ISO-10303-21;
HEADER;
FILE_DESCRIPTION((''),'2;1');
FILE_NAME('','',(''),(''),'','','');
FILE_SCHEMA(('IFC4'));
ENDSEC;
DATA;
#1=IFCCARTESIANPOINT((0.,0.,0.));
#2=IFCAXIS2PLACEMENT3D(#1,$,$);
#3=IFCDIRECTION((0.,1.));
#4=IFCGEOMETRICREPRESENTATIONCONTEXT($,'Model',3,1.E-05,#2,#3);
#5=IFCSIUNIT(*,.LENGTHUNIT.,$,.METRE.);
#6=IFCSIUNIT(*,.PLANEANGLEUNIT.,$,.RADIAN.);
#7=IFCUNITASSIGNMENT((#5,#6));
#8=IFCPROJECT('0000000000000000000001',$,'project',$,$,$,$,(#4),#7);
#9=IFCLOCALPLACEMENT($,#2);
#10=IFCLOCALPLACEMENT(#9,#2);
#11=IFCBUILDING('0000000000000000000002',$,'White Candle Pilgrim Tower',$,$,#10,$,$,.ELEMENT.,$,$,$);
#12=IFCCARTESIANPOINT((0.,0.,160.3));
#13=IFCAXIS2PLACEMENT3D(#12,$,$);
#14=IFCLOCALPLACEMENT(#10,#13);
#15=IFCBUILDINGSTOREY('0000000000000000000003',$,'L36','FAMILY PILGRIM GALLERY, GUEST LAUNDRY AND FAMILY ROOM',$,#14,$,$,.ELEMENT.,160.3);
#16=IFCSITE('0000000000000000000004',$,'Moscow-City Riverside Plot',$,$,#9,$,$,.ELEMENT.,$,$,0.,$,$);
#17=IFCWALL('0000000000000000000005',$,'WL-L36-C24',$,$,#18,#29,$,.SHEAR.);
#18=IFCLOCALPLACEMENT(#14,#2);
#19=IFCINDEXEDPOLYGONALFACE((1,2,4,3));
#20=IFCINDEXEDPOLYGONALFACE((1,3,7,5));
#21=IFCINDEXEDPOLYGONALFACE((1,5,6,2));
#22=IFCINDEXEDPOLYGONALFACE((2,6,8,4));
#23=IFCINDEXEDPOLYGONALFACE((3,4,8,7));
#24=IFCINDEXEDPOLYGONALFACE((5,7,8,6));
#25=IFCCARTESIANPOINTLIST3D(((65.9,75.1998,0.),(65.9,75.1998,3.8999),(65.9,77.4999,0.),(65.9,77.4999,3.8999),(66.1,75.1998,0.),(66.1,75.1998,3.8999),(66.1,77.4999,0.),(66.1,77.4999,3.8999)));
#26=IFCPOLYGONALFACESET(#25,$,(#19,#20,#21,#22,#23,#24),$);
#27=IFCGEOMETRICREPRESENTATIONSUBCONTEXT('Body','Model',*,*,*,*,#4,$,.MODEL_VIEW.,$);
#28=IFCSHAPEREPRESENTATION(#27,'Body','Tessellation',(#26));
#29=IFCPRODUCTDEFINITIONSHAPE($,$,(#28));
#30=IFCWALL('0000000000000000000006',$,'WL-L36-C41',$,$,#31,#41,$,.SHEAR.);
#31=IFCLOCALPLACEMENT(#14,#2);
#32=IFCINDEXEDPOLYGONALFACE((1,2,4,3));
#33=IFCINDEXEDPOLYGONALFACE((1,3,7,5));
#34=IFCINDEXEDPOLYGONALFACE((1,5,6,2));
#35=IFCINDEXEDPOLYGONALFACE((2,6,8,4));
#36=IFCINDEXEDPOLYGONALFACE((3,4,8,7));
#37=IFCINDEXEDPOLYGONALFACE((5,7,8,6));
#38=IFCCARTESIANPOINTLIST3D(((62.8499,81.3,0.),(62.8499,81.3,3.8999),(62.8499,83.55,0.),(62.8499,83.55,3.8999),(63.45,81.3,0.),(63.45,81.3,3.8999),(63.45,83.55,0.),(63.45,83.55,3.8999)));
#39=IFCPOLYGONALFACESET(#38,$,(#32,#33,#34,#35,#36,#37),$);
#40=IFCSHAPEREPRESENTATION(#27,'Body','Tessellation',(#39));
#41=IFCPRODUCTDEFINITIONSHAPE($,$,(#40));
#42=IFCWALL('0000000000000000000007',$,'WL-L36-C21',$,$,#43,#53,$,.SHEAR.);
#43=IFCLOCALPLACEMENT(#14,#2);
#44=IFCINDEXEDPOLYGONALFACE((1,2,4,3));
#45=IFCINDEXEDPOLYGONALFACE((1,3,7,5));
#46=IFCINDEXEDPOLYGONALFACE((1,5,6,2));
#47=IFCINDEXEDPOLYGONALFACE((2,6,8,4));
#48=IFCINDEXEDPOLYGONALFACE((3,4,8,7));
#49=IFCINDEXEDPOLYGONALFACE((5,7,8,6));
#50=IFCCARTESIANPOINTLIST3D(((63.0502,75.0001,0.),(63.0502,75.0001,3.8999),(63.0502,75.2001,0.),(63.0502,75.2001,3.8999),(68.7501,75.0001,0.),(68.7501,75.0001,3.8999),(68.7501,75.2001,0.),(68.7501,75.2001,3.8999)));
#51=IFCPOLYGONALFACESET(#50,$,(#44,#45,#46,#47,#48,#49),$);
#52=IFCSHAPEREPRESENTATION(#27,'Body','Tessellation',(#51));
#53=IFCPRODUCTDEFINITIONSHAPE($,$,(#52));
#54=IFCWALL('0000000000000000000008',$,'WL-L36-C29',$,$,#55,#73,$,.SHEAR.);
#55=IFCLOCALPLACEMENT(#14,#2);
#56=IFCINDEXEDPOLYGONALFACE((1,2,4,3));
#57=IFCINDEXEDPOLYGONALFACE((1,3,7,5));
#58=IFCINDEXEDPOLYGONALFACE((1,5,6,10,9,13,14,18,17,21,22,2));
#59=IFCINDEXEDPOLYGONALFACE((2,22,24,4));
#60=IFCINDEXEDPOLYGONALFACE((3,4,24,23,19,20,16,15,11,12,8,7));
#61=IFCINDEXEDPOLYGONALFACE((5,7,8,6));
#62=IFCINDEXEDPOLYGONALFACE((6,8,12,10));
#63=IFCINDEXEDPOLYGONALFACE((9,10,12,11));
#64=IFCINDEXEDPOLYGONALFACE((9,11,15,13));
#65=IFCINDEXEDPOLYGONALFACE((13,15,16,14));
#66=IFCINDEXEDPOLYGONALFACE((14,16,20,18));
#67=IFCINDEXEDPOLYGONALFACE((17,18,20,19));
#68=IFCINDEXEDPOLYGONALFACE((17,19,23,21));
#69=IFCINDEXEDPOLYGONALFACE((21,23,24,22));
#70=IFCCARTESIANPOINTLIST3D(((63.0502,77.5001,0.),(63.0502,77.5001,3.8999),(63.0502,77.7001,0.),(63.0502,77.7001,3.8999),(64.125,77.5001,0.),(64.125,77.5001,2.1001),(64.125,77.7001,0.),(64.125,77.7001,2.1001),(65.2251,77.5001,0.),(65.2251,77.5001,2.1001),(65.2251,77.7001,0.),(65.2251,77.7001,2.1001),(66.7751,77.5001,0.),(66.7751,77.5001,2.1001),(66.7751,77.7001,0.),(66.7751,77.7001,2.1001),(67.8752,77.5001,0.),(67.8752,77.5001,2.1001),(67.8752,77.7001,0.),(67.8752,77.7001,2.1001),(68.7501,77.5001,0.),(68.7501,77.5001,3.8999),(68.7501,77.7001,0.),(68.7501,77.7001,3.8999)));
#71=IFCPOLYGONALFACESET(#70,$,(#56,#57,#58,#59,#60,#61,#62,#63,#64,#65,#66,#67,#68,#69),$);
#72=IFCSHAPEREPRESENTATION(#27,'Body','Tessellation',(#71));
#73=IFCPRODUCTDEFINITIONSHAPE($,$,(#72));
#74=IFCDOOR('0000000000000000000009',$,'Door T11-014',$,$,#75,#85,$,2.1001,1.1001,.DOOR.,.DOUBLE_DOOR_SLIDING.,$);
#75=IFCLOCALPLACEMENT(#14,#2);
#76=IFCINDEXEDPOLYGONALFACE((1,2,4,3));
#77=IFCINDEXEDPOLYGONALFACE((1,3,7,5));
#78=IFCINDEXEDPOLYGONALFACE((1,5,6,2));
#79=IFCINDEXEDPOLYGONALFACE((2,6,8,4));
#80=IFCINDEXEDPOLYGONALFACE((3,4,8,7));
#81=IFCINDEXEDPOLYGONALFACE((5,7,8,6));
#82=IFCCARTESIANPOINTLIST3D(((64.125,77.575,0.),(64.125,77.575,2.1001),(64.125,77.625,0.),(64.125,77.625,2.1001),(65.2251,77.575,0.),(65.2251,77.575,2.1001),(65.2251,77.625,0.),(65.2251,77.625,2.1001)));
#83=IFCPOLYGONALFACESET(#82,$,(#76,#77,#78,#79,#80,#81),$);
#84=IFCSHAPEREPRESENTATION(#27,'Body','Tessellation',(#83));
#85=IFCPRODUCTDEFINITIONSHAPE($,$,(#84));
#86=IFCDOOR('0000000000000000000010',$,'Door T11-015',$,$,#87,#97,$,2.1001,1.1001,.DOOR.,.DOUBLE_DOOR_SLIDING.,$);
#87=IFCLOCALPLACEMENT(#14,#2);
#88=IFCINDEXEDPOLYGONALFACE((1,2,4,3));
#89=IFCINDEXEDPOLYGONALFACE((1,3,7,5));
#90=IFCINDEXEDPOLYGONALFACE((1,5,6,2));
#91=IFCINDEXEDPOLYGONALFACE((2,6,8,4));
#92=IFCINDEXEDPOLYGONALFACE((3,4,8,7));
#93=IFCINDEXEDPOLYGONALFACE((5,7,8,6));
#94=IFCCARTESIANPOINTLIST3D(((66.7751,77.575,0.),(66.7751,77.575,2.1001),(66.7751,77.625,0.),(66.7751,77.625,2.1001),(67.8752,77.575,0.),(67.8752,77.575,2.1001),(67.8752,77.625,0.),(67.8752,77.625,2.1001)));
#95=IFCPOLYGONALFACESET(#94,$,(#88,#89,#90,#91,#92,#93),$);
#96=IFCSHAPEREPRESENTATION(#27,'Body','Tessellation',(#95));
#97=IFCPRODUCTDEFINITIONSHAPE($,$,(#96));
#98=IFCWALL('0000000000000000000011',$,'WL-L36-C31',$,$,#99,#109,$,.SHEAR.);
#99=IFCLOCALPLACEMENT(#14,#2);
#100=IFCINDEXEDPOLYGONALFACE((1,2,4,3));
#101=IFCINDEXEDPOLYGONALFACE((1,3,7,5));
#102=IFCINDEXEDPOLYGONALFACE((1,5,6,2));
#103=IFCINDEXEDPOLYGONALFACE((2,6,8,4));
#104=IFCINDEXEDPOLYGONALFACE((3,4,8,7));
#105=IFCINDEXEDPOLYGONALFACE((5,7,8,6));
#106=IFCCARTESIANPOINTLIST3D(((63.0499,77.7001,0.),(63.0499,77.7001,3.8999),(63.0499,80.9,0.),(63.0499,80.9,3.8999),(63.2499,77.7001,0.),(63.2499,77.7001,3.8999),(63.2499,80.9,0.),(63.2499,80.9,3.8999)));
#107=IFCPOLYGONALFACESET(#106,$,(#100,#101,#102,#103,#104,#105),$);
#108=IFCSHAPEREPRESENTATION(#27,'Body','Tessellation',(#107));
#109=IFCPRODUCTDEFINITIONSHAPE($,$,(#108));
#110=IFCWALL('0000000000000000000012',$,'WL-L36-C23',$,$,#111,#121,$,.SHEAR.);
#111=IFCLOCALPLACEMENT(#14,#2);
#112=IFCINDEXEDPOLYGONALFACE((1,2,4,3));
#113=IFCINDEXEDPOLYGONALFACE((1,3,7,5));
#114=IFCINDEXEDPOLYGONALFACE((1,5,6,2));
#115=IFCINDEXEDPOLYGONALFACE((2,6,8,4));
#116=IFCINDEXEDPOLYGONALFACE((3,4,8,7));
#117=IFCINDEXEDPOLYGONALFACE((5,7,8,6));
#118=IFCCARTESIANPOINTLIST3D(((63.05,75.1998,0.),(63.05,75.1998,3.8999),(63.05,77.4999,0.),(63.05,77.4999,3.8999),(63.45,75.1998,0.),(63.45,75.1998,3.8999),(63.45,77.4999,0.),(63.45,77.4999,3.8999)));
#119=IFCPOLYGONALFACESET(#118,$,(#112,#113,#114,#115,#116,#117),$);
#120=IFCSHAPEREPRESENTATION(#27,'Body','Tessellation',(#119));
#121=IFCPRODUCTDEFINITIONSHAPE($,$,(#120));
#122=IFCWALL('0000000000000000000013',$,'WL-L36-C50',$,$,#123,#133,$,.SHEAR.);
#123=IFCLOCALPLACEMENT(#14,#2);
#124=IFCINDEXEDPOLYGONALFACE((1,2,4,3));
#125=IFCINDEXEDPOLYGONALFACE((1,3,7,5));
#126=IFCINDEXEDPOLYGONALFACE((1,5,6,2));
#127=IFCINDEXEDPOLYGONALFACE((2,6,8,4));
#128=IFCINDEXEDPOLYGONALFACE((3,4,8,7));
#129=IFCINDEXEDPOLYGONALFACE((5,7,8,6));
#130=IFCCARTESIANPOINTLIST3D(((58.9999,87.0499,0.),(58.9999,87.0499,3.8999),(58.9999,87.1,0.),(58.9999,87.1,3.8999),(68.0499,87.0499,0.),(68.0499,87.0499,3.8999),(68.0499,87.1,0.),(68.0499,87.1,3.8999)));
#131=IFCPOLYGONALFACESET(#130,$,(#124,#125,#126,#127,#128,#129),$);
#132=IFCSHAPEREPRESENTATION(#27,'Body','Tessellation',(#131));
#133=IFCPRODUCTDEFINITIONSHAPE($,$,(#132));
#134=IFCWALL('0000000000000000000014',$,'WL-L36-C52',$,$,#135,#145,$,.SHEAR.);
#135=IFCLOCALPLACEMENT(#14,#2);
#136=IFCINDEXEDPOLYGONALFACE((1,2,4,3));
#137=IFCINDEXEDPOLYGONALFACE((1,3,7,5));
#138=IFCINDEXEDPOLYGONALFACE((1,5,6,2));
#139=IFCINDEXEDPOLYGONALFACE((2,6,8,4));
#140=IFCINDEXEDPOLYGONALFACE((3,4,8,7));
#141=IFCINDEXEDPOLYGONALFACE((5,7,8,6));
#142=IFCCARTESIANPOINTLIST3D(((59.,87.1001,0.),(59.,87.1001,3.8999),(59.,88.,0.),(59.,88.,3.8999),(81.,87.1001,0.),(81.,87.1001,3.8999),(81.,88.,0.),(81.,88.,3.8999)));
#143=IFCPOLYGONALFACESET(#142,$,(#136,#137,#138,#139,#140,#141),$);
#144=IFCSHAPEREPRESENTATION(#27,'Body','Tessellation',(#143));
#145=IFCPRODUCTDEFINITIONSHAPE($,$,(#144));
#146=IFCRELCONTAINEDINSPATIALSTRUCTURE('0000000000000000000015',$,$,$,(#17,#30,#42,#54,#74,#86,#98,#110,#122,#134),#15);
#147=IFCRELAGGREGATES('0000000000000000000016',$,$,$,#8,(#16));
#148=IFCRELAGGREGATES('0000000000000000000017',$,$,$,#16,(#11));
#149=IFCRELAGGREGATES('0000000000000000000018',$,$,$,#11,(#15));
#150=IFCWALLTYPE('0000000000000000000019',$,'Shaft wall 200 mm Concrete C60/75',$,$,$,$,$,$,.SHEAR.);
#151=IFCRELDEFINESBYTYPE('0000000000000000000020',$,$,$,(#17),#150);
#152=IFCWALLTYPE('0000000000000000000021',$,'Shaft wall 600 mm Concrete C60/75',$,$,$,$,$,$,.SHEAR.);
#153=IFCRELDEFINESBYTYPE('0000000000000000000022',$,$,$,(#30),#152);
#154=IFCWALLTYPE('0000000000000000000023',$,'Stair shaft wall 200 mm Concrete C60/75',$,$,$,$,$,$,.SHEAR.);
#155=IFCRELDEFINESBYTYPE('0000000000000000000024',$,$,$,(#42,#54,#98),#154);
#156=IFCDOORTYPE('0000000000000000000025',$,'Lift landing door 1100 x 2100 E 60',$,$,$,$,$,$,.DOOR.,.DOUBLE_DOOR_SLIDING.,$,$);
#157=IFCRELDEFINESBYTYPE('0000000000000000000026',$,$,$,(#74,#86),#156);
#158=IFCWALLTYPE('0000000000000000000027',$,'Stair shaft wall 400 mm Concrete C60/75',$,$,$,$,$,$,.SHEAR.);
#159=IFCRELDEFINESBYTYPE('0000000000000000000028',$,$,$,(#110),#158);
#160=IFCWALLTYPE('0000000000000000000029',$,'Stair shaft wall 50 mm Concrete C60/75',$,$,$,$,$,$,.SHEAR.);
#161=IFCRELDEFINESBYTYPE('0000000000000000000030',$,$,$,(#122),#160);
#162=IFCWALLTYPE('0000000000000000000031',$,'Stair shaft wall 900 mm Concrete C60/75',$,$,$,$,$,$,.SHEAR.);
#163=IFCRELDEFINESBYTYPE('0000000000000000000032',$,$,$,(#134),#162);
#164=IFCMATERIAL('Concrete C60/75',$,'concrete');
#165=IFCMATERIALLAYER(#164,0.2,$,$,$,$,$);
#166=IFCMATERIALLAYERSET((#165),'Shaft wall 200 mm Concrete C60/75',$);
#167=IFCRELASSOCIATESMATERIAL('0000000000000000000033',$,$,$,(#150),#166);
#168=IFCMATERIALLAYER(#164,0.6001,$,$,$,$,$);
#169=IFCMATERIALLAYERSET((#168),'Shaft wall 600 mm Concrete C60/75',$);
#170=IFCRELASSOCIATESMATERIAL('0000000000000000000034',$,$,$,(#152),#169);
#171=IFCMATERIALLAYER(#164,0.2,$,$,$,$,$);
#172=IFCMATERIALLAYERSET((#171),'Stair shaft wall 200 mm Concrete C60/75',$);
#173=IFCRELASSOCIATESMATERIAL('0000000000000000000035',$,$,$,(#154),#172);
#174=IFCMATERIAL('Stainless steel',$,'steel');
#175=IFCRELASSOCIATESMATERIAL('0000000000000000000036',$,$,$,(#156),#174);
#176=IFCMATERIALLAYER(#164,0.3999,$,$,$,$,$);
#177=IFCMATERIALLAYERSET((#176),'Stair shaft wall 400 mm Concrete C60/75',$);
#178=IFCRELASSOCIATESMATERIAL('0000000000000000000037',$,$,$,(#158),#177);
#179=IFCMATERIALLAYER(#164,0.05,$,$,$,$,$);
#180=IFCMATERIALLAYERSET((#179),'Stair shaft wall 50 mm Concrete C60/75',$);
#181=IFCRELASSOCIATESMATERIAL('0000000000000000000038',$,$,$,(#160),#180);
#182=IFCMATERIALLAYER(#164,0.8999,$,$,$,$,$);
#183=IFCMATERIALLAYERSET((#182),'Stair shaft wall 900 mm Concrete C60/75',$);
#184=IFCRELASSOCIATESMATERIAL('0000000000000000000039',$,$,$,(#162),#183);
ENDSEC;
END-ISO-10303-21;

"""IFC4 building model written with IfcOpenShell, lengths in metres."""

from ifc_helpers import new_model, si_unit, direction, frame, frame_2d, origin, place, context, subcontext, project, spatial, rectangle, extrude, material, layer, layer_set, type_object, element, fill, save


model = new_model("IFC4")

# Units and contexts
model_context = context("Model", 3, precision=1e-05, world=origin(), true_north=direction((0.0, 1.0)))
body_context = subcontext(model_context, "Body", "Model", "MODEL_VIEW")
ifc_project = project(units=[si_unit("LENGTHUNIT", "METRE"), si_unit("PLANEANGLEUNIT", "RADIAN")], contexts=[model_context])

# Site, building, storey
site_placement = place(None, origin())
site = spatial("IfcSite", under=ifc_project, at=site_placement, Name="Moscow-City Riverside Plot", CompositionType="ELEMENT", RefElevation=0.0)
building_placement = place(site_placement, origin())
building = spatial("IfcBuilding", under=site, at=building_placement, Name="White Candle Pilgrim Tower", CompositionType="ELEMENT")
storey_placement = place(building_placement, frame((0.0, 0.0, 160.3)))
storey = spatial("IfcBuildingStorey", under=building, at=storey_placement, Name="L36", Description="FAMILY PILGRIM GALLERY, GUEST LAUNDRY AND FAMILY ROOM", CompositionType="ELEMENT", Elevation=160.3)

# Shared definitions
ifc_material_1 = material(Name="Concrete C60/75", Category="concrete")

# Shared definitions
ifc_material_2 = material(Name="Stainless steel", Category="steel")

# Walls
ifc_layer_1 = layer(ifc_material_1, 0.2)
ifc_layer_set_1 = layer_set([ifc_layer_1], Name="Shaft wall 200 mm Concrete C60/75")
wall_type_1 = type_object("IfcWallType", Name="Shaft wall 200 mm Concrete C60/75", PredefinedType="SHEAR", material=ifc_layer_set_1)
wall_1_placement = place(storey_placement, frame((66.0, 75.2, 0.0), z_axis=(0.0, 0.0, 1.0), x_axis=(0.0, 1.0, 0.0)))
element("IfcWall", 1, at=wall_1_placement, inside=storey, type_object=wall_type_1, Name="WL-L36-C24", PredefinedType="SHEAR", context=body_context, shape_type="SweptSolid", body=[
    extrude(rectangle(XDim=2.3, YDim=0.2, at=frame_2d((1.1499, 0.0))), origin(), (0.0, 0.0, 1.0), 3.8999),
])
ifc_layer_2 = layer(ifc_material_1, 0.6001)
ifc_layer_set_2 = layer_set([ifc_layer_2], Name="Shaft wall 600 mm Concrete C60/75")
wall_type_2 = type_object("IfcWallType", Name="Shaft wall 600 mm Concrete C60/75", PredefinedType="SHEAR", material=ifc_layer_set_2)
wall_2_placement = place(storey_placement, frame((63.1499, 81.3, 0.0), z_axis=(0.0, 0.0, 1.0), x_axis=(0.0, 1.0, 0.0)))
element("IfcWall", 2, at=wall_2_placement, inside=storey, type_object=wall_type_2, Name="WL-L36-C41", PredefinedType="SHEAR", context=body_context, shape_type="SweptSolid", body=[
    extrude(rectangle(XDim=2.25, YDim=0.6001, at=frame_2d((1.125, 0.0))), origin(), (0.0, 0.0, 1.0), 3.8999),
])
ifc_layer_3 = layer(ifc_material_1, 0.2)
ifc_layer_set_3 = layer_set([ifc_layer_3], Name="Stair shaft wall 200 mm Concrete C60/75")
wall_type_3 = type_object("IfcWallType", Name="Stair shaft wall 200 mm Concrete C60/75", PredefinedType="SHEAR", material=ifc_layer_set_3)
wall_3_placement = place(storey_placement, frame((63.05, 75.1001, 0.0), z_axis=(0.0, 0.0, 1.0), x_axis=(1.0, 0.0, 0.0)))
element("IfcWall", 3, at=wall_3_placement, inside=storey, type_object=wall_type_3, Name="WL-L36-C21", PredefinedType="SHEAR", context=body_context, shape_type="SweptSolid", body=[
    extrude(rectangle(XDim=5.7, YDim=0.2, at=frame_2d((2.8501, 0.0))), origin(), (0.0, 0.0, 1.0), 3.8999),
])

# Wall, openings, doors
wall_4_placement = place(storey_placement, frame((63.05, 77.6001, 0.0), z_axis=(0.0, 0.0, 1.0), x_axis=(1.0, 0.0, 0.0)))
wall_4 = element("IfcWall", 4, at=wall_4_placement, inside=storey, type_object=wall_type_3, Name="WL-L36-C29", PredefinedType="SHEAR", context=body_context, shape_type="SweptSolid", body=[
    extrude(rectangle(XDim=5.7, YDim=0.2, at=frame_2d((2.8501, 0.0))), origin(), (0.0, 0.0, 1.0), 3.8999),
])
opening_1_placement = place(wall_4_placement, frame((1.075, 0.0, 0.0)))
opening_1 = element("IfcOpeningElement", 5, at=opening_1_placement, cuts=wall_4, PredefinedType="OPENING", context=body_context, shape_type="SweptSolid", body=[
    extrude(rectangle(XDim=1.1001, YDim=2.1001, at=frame_2d((0.55, 1.05))), frame((0.0, 0.1099, 0.0), z_axis=(0.0, -1.0, 0.0), x_axis=(1.0, 0.0, 0.0)), (0.0, 0.0, 1.0), 0.22),
])
opening_2_placement = place(wall_4_placement, frame((3.7251, 0.0, 0.0)))
opening_2 = element("IfcOpeningElement", 6, at=opening_2_placement, cuts=wall_4, PredefinedType="OPENING", context=body_context, shape_type="SweptSolid", body=[
    extrude(rectangle(XDim=1.1001, YDim=2.1001, at=frame_2d((0.55, 1.05))), frame((0.0, 0.1099, 0.0), z_axis=(0.0, -1.0, 0.0), x_axis=(1.0, 0.0, 0.0)), (0.0, 0.0, 1.0), 0.22),
])
door_type_1 = type_object("IfcDoorType", Name="Lift landing door 1100 x 2100 E 60", OperationType="DOUBLE_DOOR_SLIDING", PredefinedType="DOOR", material=ifc_material_2)
door_1_placement = place(opening_1_placement, origin())
door_1 = element("IfcDoor", 7, at=door_1_placement, inside=storey, type_object=door_type_1, Name="Door T11-014", OperationType="DOUBLE_DOOR_SLIDING", OverallHeight=2.1001, OverallWidth=1.1001, PredefinedType="DOOR", context=body_context, shape_type="SweptSolid", body=[
    extrude(rectangle(XDim=1.1001, YDim=2.1001, at=frame_2d((0.55, 1.05))), frame((0.0, 0.0249, 0.0), z_axis=(0.0, -1.0, 0.0), x_axis=(1.0, 0.0, 0.0)), (0.0, 0.0, 1.0), 0.05),
])
fill(opening_1, door_1)
door_2_placement = place(opening_2_placement, origin())
door_2 = element("IfcDoor", 8, at=door_2_placement, inside=storey, type_object=door_type_1, Name="Door T11-015", OperationType="DOUBLE_DOOR_SLIDING", OverallHeight=2.1001, OverallWidth=1.1001, PredefinedType="DOOR", context=body_context, shape_type="SweptSolid", body=[
    extrude(rectangle(XDim=1.1001, YDim=2.1001, at=frame_2d((0.55, 1.05))), frame((0.0, 0.0249, 0.0), z_axis=(0.0, -1.0, 0.0), x_axis=(1.0, 0.0, 0.0)), (0.0, 0.0, 1.0), 0.05),
])
fill(opening_2, door_2)

# Walls
wall_5_placement = place(storey_placement, frame((63.1499, 77.7, 0.0), z_axis=(0.0, 0.0, 1.0), x_axis=(0.0, 1.0, 0.0)))
element("IfcWall", 9, at=wall_5_placement, inside=storey, type_object=wall_type_3, Name="WL-L36-C31", PredefinedType="SHEAR", context=body_context, shape_type="SweptSolid", body=[
    extrude(rectangle(XDim=3.2, YDim=0.2, at=frame_2d((1.6001, 0.0))), origin(), (0.0, 0.0, 1.0), 3.8999),
])
ifc_layer_4 = layer(ifc_material_1, 0.3999)
ifc_layer_set_4 = layer_set([ifc_layer_4], Name="Stair shaft wall 400 mm Concrete C60/75")
wall_type_4 = type_object("IfcWallType", Name="Stair shaft wall 400 mm Concrete C60/75", PredefinedType="SHEAR", material=ifc_layer_set_4)
wall_6_placement = place(storey_placement, frame((63.25, 75.2, 0.0), z_axis=(0.0, 0.0, 1.0), x_axis=(0.0, 1.0, 0.0)))
element("IfcWall", 10, at=wall_6_placement, inside=storey, type_object=wall_type_4, Name="WL-L36-C23", PredefinedType="SHEAR", context=body_context, shape_type="SweptSolid", body=[
    extrude(rectangle(XDim=2.3, YDim=0.3999, at=frame_2d((1.1499, 0.0))), origin(), (0.0, 0.0, 1.0), 3.8999),
])
ifc_layer_5 = layer(ifc_material_1, 0.05)
ifc_layer_set_5 = layer_set([ifc_layer_5], Name="Stair shaft wall 50 mm Concrete C60/75")
wall_type_5 = type_object("IfcWallType", Name="Stair shaft wall 50 mm Concrete C60/75", PredefinedType="SHEAR", material=ifc_layer_set_5)
wall_7_placement = place(storey_placement, frame((59.0, 87.075, 0.0), z_axis=(0.0, 0.0, 1.0), x_axis=(1.0, 0.0, 0.0)))
element("IfcWall", 11, at=wall_7_placement, inside=storey, type_object=wall_type_5, Name="WL-L36-C50", PredefinedType="SHEAR", context=body_context, shape_type="SweptSolid", body=[
    extrude(rectangle(XDim=9.05, YDim=0.05, at=frame_2d((4.5249, 0.0))), origin(), (0.0, 0.0, 1.0), 3.8999),
])
ifc_layer_6 = layer(ifc_material_1, 0.8999)
ifc_layer_set_6 = layer_set([ifc_layer_6], Name="Stair shaft wall 900 mm Concrete C60/75")
wall_type_6 = type_object("IfcWallType", Name="Stair shaft wall 900 mm Concrete C60/75", PredefinedType="SHEAR", material=ifc_layer_set_6)
wall_8_placement = place(storey_placement, frame((59.0, 87.55, 0.0), z_axis=(0.0, 0.0, 1.0), x_axis=(1.0, 0.0, 0.0)))
element("IfcWall", 12, at=wall_8_placement, inside=storey, type_object=wall_type_6, Name="WL-L36-C52", PredefinedType="SHEAR", context=body_context, shape_type="SweptSolid", body=[
    extrude(rectangle(XDim=22.0, YDim=0.8999, at=frame_2d((11.0, 0.0))), origin(), (0.0, 0.0, 1.0), 3.8999),
])

save(model, "model.ifc")
